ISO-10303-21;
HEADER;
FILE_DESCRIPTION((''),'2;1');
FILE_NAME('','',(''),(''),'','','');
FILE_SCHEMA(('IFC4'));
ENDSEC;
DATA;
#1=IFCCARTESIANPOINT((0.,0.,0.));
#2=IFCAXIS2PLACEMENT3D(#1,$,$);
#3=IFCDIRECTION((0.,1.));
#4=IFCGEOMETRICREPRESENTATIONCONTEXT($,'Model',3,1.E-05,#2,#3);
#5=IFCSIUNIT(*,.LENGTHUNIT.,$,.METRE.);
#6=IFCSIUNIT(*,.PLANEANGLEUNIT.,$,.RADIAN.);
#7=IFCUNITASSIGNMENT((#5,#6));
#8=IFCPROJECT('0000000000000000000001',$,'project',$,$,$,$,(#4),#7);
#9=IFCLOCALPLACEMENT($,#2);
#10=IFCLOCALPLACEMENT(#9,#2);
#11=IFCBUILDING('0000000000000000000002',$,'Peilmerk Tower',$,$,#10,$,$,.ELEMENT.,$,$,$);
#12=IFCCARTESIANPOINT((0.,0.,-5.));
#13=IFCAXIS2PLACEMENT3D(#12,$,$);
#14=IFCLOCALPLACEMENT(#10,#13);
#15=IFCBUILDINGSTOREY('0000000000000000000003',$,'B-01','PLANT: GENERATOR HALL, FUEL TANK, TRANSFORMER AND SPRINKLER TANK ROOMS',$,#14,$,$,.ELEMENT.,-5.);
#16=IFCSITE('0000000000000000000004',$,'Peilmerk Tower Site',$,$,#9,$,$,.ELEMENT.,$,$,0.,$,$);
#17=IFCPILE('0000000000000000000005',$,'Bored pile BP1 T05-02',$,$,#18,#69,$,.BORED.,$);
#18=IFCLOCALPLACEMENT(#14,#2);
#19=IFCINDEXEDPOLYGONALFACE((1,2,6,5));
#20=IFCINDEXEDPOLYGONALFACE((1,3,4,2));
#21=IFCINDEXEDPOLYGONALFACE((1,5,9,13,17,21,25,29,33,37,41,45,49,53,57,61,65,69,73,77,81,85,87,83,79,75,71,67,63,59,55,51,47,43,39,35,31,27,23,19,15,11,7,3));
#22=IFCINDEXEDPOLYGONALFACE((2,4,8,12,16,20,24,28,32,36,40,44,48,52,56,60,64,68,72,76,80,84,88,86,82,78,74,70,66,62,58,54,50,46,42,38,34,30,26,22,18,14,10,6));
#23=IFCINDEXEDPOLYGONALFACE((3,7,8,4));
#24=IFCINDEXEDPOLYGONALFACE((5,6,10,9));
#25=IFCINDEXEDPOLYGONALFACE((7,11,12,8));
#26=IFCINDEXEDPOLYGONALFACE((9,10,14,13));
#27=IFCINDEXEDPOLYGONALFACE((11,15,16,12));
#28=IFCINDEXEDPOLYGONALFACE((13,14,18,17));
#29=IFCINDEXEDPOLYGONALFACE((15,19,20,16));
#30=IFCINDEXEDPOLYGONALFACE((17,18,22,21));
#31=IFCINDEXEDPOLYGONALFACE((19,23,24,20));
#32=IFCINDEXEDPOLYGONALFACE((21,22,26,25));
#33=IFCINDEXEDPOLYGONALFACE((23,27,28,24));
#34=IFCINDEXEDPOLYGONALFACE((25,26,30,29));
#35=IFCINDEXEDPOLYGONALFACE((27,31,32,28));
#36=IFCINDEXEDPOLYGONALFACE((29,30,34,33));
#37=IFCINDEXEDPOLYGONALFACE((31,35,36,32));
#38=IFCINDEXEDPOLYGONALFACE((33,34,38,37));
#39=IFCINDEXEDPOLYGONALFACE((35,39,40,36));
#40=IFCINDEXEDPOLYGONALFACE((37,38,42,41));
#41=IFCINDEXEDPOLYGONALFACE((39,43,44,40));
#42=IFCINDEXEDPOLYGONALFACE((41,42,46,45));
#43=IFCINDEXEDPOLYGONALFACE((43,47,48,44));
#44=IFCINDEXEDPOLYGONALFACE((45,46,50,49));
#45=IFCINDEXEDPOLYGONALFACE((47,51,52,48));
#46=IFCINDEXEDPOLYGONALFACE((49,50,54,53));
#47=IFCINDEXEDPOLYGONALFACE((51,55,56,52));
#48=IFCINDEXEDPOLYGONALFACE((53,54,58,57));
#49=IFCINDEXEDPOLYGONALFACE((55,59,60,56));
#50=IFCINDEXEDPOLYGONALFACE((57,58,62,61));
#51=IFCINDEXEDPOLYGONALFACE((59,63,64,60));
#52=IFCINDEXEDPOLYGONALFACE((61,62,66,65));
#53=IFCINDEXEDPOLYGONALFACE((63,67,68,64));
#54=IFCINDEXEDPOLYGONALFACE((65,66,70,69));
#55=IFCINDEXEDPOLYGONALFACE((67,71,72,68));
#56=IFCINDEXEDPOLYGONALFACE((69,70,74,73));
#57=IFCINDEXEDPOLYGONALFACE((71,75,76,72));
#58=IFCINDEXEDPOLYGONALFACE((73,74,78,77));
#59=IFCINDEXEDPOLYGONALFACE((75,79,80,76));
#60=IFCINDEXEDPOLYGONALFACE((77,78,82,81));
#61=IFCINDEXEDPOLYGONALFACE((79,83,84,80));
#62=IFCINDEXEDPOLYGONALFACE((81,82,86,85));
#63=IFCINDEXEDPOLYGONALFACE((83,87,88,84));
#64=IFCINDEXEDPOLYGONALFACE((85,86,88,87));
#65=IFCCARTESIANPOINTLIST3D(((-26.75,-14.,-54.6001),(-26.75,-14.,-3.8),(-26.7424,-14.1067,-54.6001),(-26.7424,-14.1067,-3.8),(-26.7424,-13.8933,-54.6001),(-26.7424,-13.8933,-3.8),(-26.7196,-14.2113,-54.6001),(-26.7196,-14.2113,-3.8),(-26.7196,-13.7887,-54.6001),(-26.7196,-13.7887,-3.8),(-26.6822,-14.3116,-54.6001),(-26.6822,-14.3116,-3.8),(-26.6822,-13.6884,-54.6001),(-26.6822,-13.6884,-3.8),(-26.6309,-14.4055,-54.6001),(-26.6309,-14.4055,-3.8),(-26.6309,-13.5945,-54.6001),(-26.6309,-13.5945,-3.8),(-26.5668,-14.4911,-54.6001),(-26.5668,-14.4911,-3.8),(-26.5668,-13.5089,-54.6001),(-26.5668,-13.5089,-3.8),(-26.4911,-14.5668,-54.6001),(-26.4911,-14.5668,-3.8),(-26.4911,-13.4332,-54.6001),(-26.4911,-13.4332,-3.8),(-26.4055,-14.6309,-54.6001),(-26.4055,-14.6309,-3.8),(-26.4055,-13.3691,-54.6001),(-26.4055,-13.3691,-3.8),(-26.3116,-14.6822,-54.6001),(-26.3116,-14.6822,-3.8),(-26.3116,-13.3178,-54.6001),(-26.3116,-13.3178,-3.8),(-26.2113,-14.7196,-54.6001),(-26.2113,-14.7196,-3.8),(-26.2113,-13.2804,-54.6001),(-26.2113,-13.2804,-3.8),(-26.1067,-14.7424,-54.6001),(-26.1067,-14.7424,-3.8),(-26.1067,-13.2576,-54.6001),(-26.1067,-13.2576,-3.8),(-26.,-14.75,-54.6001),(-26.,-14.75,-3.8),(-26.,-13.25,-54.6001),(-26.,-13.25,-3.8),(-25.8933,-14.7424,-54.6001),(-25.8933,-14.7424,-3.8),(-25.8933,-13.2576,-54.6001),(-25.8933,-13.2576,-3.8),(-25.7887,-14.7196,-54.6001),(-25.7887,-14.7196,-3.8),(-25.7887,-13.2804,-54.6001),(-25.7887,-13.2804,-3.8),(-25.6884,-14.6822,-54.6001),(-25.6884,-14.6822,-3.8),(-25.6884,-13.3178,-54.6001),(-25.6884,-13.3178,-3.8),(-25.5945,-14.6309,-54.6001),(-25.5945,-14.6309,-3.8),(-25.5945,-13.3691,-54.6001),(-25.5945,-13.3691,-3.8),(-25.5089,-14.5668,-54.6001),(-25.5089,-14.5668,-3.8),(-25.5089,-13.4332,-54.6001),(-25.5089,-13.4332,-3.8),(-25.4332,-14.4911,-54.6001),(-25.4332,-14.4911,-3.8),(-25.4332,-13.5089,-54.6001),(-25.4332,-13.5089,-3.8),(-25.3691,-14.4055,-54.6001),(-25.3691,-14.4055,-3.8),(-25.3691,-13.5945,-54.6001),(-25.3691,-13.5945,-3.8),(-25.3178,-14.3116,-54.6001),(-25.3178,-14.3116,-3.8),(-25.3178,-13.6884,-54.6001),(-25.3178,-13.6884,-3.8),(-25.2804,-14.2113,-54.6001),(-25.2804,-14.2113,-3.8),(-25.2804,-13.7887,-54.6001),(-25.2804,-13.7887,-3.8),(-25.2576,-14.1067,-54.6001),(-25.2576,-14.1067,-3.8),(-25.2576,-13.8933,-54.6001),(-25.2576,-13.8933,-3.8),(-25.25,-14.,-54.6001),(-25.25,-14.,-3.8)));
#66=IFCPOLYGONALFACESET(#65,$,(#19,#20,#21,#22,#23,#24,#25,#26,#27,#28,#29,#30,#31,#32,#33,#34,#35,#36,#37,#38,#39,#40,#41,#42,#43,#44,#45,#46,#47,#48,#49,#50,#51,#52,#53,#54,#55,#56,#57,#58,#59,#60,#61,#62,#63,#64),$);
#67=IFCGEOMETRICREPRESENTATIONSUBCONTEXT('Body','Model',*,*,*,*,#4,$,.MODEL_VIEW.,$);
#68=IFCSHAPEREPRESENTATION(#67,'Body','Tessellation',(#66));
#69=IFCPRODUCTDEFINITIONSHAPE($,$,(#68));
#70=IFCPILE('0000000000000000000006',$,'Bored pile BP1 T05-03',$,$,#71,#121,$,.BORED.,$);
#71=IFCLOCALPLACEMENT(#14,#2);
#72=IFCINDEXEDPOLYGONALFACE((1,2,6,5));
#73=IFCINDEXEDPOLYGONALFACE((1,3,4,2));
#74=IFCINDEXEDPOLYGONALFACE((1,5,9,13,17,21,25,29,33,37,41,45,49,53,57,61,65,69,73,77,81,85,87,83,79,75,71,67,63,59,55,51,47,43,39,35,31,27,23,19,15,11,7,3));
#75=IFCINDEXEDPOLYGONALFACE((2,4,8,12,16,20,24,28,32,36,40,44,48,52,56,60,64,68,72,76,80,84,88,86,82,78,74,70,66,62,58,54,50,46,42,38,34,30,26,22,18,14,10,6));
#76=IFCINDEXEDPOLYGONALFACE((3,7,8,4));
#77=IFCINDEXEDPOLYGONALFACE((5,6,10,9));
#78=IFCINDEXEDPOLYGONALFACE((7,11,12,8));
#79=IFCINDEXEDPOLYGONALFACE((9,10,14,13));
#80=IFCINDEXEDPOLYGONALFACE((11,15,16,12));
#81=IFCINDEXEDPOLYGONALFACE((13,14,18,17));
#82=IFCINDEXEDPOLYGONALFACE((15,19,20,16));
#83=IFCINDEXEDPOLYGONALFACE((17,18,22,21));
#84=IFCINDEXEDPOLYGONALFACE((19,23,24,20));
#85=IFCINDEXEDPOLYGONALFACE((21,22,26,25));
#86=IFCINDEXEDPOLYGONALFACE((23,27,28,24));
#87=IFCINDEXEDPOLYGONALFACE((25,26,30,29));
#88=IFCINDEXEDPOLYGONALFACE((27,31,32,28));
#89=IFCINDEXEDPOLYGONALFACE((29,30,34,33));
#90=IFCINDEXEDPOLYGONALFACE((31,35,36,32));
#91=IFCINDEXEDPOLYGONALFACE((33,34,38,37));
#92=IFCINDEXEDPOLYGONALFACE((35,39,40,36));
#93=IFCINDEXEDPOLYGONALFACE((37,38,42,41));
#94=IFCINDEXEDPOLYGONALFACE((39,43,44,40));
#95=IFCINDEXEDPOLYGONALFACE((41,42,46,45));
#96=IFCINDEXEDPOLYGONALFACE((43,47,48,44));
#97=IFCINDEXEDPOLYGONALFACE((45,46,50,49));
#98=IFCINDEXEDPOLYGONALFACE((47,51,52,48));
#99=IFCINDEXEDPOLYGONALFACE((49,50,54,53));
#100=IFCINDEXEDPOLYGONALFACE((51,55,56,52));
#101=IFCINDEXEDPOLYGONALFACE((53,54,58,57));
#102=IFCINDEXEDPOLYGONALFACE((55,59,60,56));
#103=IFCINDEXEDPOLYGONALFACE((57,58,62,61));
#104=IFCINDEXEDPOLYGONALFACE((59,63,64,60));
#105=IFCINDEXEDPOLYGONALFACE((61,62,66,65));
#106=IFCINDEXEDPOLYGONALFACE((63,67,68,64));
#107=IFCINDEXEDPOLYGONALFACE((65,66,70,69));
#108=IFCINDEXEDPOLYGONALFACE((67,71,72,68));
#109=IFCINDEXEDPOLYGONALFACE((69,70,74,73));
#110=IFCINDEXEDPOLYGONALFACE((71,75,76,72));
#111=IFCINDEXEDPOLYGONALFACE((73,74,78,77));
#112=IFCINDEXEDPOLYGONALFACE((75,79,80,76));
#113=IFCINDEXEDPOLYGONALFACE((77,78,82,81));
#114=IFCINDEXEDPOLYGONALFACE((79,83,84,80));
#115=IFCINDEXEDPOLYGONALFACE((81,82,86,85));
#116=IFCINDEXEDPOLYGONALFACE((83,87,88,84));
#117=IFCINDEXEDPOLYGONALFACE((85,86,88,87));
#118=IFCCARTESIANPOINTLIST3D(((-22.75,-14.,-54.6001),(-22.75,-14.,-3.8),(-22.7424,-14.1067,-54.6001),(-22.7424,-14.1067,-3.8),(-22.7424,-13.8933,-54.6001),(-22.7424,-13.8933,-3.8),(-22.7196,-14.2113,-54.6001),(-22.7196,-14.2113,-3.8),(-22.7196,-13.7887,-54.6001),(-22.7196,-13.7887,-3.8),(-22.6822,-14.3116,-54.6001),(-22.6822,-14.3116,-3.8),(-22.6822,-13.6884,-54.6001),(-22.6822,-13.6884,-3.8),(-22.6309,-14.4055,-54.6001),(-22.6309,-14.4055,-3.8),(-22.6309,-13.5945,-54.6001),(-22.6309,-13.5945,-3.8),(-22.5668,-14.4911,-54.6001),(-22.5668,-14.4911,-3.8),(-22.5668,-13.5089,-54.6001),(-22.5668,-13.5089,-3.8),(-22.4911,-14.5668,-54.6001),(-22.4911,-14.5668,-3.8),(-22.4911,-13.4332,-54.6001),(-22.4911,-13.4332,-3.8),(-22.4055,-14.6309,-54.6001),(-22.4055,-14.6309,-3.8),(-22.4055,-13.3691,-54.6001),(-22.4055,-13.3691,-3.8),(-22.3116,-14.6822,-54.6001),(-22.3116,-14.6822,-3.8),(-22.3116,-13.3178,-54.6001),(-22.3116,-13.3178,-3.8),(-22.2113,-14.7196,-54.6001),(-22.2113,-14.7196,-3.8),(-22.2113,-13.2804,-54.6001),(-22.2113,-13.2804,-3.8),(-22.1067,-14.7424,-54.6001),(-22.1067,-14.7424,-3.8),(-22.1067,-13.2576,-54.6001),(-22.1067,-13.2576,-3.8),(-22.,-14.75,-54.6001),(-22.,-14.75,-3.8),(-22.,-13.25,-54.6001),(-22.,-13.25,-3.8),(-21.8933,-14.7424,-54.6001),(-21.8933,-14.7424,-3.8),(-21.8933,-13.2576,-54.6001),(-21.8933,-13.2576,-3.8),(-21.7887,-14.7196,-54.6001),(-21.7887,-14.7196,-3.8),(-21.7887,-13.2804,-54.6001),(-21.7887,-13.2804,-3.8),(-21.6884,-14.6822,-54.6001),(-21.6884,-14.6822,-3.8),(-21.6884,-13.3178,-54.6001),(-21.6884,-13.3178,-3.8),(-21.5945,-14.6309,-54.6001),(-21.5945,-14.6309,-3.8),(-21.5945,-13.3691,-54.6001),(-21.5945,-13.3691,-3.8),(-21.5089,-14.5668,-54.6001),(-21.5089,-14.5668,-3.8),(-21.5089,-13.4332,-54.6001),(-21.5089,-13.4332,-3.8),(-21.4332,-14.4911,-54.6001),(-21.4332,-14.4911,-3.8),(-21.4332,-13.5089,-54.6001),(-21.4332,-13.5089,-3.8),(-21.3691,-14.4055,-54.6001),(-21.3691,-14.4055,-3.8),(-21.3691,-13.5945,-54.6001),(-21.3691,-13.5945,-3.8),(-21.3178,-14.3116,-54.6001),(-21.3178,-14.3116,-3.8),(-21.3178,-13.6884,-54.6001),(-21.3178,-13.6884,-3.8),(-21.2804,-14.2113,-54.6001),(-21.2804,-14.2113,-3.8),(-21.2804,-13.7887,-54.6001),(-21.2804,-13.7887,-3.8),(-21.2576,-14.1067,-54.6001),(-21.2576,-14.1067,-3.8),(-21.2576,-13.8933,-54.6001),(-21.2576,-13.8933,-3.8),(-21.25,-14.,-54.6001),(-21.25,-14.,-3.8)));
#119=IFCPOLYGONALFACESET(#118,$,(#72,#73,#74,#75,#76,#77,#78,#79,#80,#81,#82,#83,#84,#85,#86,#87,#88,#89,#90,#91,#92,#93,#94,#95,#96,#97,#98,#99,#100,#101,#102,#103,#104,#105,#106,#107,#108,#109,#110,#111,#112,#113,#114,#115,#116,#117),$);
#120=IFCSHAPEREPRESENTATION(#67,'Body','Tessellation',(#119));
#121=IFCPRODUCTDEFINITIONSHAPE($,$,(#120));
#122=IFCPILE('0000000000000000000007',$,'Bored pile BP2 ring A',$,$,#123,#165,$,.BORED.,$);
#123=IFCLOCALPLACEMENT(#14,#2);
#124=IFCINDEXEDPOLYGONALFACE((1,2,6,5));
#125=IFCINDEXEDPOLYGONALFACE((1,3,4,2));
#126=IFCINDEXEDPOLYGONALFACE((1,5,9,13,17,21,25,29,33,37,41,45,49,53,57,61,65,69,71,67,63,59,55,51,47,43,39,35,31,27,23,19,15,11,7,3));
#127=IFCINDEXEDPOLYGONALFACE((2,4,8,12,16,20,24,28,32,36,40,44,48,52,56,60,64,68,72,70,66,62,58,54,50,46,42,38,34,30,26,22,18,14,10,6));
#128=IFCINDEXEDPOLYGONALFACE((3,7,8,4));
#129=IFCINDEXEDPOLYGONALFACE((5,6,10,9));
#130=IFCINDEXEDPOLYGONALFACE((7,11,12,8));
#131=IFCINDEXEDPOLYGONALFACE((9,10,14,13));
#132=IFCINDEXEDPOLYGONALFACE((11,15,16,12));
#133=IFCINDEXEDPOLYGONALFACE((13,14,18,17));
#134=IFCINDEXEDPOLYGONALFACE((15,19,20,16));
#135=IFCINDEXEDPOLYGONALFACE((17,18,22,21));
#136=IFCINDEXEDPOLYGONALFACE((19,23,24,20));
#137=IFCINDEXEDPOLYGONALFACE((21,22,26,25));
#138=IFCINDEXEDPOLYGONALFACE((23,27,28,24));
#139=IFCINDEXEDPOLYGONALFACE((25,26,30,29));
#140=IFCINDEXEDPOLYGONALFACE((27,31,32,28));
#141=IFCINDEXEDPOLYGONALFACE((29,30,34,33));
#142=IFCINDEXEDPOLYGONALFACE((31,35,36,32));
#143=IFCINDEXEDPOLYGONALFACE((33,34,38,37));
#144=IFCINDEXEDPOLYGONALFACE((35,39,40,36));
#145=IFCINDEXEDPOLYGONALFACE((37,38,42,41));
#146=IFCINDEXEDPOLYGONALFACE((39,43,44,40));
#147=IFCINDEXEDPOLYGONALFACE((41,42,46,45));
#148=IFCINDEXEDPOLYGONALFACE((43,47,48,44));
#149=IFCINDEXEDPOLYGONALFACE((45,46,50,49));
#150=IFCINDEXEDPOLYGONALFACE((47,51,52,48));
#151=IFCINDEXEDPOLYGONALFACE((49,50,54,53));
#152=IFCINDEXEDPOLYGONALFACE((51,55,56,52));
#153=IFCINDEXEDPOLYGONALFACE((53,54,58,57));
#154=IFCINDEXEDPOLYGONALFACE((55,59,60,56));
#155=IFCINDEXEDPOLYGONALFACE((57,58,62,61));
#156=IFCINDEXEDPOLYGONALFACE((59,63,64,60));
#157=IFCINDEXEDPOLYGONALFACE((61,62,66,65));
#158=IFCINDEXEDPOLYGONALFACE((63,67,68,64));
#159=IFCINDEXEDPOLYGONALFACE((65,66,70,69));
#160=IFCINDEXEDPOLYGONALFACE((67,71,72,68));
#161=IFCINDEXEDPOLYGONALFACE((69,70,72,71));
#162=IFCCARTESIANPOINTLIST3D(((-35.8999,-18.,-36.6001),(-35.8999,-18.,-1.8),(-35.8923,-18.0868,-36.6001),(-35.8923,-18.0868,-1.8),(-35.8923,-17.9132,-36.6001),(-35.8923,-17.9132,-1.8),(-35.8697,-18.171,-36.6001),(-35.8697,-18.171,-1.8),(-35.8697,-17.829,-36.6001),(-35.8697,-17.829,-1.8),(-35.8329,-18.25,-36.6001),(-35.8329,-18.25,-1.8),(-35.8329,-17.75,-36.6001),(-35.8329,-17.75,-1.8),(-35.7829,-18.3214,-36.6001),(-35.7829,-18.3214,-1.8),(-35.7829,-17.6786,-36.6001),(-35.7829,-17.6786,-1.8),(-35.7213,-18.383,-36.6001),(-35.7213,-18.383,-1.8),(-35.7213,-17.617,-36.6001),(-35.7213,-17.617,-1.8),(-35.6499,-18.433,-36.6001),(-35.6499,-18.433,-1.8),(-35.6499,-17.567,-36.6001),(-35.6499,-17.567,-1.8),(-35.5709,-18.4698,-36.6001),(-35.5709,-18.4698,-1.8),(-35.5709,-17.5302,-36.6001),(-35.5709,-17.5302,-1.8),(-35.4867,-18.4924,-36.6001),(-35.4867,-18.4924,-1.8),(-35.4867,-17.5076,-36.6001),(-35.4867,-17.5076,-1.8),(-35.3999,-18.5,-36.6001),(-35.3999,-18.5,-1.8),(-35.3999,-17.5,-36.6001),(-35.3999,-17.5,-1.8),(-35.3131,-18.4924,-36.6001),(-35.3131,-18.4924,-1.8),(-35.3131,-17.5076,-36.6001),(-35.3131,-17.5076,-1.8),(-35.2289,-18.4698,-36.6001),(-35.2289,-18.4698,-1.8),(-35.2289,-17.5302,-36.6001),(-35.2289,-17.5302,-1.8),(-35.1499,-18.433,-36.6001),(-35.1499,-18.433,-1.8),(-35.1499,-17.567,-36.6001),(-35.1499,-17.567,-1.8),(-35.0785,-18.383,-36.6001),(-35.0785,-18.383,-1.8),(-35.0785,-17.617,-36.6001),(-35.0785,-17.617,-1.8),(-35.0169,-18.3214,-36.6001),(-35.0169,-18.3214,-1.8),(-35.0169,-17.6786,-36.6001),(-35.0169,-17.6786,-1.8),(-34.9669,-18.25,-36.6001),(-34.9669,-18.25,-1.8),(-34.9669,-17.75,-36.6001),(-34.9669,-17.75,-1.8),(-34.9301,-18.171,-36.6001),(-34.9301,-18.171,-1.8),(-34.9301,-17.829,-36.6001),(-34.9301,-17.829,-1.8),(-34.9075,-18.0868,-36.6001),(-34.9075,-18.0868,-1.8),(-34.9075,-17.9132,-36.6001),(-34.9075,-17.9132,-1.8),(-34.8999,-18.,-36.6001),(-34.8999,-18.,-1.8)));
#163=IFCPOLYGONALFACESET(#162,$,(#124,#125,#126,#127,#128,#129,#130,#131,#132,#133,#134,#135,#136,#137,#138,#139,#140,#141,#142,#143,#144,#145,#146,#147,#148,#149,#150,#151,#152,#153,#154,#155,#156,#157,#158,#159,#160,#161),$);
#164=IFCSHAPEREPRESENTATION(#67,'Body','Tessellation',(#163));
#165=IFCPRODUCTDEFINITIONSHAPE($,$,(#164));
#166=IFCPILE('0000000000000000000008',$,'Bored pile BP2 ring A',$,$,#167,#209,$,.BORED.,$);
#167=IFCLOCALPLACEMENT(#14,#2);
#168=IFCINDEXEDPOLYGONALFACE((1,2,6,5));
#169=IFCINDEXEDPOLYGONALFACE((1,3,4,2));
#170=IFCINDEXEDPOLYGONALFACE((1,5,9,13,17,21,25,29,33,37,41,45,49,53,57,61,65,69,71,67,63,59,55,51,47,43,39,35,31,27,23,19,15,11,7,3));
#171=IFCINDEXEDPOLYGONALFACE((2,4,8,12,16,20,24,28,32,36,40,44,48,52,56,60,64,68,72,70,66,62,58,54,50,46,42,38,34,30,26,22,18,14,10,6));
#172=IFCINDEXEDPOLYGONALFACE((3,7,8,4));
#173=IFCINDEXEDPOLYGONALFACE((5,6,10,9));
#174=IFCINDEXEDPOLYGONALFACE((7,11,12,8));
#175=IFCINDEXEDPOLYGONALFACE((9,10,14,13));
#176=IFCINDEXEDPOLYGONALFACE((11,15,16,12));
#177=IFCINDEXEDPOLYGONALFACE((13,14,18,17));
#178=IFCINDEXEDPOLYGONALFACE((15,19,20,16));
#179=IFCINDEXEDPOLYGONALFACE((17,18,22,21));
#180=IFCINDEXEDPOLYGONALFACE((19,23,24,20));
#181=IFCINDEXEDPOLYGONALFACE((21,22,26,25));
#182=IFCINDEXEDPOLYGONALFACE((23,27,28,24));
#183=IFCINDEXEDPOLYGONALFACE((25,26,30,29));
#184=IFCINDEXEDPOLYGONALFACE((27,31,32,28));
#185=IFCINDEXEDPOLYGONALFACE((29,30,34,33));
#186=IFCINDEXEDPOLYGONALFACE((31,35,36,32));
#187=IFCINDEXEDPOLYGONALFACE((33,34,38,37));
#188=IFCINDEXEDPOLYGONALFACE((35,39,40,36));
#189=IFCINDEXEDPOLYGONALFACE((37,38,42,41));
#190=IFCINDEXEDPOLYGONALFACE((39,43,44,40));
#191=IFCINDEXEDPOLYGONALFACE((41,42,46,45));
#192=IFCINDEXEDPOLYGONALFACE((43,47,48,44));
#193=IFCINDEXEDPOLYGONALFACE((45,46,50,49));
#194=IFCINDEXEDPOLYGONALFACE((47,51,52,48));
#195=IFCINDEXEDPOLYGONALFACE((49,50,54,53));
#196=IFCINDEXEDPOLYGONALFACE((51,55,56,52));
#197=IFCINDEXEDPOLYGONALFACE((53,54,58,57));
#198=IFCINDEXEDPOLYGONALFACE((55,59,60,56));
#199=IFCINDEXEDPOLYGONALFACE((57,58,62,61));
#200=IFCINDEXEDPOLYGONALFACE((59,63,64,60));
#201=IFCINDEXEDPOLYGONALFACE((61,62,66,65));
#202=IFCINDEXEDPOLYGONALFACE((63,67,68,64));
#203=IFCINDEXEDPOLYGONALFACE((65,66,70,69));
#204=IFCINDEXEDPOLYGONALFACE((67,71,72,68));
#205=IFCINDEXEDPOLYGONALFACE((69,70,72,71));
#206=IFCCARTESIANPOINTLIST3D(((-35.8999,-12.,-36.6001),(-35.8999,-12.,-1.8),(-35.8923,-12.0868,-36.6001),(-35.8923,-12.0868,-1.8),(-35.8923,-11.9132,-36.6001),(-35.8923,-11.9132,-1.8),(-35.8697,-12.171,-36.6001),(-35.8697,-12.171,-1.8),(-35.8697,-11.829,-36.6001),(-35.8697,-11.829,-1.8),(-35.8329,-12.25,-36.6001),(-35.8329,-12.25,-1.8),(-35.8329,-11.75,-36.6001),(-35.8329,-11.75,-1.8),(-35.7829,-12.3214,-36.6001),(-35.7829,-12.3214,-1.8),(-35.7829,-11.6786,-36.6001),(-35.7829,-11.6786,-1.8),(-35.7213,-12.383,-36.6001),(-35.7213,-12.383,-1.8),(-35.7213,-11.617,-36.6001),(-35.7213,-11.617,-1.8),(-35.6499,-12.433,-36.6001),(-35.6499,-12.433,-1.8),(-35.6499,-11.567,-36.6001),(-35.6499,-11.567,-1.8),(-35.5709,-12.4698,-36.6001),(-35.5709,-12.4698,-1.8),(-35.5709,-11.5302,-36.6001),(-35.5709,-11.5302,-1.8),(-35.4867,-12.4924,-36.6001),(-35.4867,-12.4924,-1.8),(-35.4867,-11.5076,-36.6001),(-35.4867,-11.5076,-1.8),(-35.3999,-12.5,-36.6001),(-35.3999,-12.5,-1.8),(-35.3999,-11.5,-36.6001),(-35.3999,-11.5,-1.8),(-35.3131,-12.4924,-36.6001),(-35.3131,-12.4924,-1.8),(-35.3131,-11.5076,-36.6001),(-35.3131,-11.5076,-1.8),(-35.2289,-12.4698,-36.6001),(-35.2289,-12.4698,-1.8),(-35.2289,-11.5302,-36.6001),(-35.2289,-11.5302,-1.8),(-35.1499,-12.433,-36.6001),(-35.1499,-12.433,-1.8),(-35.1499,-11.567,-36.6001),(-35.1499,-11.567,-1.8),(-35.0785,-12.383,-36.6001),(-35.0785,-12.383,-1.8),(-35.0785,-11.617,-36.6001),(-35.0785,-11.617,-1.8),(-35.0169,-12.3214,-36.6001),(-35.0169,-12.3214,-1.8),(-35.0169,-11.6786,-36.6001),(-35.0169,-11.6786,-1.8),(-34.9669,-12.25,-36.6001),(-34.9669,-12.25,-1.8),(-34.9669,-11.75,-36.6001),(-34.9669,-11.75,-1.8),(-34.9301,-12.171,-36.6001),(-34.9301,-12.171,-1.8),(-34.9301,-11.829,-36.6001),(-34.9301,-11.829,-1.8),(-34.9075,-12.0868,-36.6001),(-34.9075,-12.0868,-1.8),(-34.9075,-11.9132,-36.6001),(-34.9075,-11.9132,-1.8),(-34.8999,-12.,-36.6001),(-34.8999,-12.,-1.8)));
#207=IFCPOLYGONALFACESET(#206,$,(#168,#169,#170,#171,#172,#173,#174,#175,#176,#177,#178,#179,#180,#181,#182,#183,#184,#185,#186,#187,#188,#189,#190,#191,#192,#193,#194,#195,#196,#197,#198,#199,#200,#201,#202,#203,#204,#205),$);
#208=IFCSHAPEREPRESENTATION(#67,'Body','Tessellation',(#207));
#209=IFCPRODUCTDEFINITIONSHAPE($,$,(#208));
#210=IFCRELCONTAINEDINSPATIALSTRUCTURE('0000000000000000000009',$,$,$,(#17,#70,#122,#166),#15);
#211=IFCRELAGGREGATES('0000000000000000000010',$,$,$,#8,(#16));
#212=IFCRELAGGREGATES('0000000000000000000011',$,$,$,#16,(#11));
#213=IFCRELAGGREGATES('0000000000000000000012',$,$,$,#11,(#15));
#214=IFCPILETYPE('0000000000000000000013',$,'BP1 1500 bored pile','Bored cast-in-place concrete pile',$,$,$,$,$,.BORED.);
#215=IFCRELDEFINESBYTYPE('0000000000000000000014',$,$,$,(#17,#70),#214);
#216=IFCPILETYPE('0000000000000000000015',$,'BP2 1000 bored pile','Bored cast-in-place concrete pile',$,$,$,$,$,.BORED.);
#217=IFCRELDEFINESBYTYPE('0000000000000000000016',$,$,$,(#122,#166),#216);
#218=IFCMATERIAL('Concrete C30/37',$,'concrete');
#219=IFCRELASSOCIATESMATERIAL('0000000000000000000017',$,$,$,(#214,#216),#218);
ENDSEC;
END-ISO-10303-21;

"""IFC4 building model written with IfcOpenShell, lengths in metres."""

from ifc_helpers import new_model, si_unit, direction, frame, origin, origin_2d, place, context, subcontext, project, spatial, circle, extrude, material, material_profile, profile_set, type_object, element, save


model = new_model("IFC4")

# Units and contexts
model_context = context("Model", 3, precision=1e-05, world=origin(), true_north=direction((0.0, 1.0)))
body_context = subcontext(model_context, "Body", "Model", "MODEL_VIEW")
ifc_project = project(units=[si_unit("LENGTHUNIT", "METRE"), si_unit("PLANEANGLEUNIT", "RADIAN")], contexts=[model_context])

# Site, building, storey
site_placement = place(None, origin())
site = spatial("IfcSite", under=ifc_project, at=site_placement, Name="Peilmerk Tower Site", CompositionType="ELEMENT", RefElevation=0.0)
building_placement = place(site_placement, origin())
building = spatial("IfcBuilding", under=site, at=building_placement, Name="Peilmerk Tower", CompositionType="ELEMENT")
storey_placement = place(building_placement, frame((0.0, 0.0, -5.0)))
storey = spatial("IfcBuildingStorey", under=building, at=storey_placement, Name="B-01", Description="PLANT: GENERATOR HALL, FUEL TANK, TRANSFORMER AND SPRINKLER TANK ROOMS", CompositionType="ELEMENT", Elevation=-5.0)

# Piles
ifc_material_1 = material(Name="Concrete C30/37", Category="concrete")
ifc_material_profile_1 = material_profile(ifc_material_1, circle(Radius=0.75, at=origin_2d()), Name="BP 1500")
ifc_profile_set_1 = profile_set([ifc_material_profile_1], Name="Concrete C30/37")
pile_type_1 = type_object("IfcPileType", Name="BP1 1500 bored pile", Description="Bored cast-in-place concrete pile", PredefinedType="BORED", material=ifc_profile_set_1)
for number, where, z_axis, x_axis, name in (
    (1, (-26.0, -14.0, -3.8), (0.0, 0.0, -1.0), (1.0, 0.0, 0.0), "Bored pile BP1 T05-02"),
    (2, (-22.0, -14.0, -3.8), (0.0, 0.0, -1.0), (1.0, 0.0, 0.0), "Bored pile BP1 T05-03"),
):
    element("IfcPile", number, at=place(storey_placement, frame(where, z_axis=z_axis, x_axis=x_axis)), inside=storey, type_object=pile_type_1, Name=name, PredefinedType="BORED", context=body_context, shape_type="SweptSolid", body=[
        extrude(circle(Radius=0.75, at=origin_2d()), origin(), (0.0, 0.0, 1.0), 50.8),
    ])
ifc_material_profile_2 = material_profile(ifc_material_1, circle(Radius=0.5, at=origin_2d()), Name="BP 1000")
ifc_profile_set_2 = profile_set([ifc_material_profile_2], Name="Concrete C30/37")
pile_type_2 = type_object("IfcPileType", Name="BP2 1000 bored pile", Description="Bored cast-in-place concrete pile", PredefinedType="BORED", material=ifc_profile_set_2)
for number, where, z_axis, x_axis, name in (
    (3, (-35.3999, -18.0, -1.8), (0.0, 0.0, -1.0), (1.0, 0.0, 0.0), "Bored pile BP2 ring A"),
    (4, (-35.3999, -12.0, -1.8), (0.0, 0.0, -1.0), (1.0, 0.0, 0.0), "Bored pile BP2 ring A"),
):
    element("IfcPile", number, at=place(storey_placement, frame(where, z_axis=z_axis, x_axis=x_axis)), inside=storey, type_object=pile_type_2, Name=name, PredefinedType="BORED", context=body_context, shape_type="SweptSolid", body=[
        extrude(circle(Radius=0.5, at=origin_2d()), origin(), (0.0, 0.0, 1.0), 34.8),
    ])

save(model, "model.ifc")
